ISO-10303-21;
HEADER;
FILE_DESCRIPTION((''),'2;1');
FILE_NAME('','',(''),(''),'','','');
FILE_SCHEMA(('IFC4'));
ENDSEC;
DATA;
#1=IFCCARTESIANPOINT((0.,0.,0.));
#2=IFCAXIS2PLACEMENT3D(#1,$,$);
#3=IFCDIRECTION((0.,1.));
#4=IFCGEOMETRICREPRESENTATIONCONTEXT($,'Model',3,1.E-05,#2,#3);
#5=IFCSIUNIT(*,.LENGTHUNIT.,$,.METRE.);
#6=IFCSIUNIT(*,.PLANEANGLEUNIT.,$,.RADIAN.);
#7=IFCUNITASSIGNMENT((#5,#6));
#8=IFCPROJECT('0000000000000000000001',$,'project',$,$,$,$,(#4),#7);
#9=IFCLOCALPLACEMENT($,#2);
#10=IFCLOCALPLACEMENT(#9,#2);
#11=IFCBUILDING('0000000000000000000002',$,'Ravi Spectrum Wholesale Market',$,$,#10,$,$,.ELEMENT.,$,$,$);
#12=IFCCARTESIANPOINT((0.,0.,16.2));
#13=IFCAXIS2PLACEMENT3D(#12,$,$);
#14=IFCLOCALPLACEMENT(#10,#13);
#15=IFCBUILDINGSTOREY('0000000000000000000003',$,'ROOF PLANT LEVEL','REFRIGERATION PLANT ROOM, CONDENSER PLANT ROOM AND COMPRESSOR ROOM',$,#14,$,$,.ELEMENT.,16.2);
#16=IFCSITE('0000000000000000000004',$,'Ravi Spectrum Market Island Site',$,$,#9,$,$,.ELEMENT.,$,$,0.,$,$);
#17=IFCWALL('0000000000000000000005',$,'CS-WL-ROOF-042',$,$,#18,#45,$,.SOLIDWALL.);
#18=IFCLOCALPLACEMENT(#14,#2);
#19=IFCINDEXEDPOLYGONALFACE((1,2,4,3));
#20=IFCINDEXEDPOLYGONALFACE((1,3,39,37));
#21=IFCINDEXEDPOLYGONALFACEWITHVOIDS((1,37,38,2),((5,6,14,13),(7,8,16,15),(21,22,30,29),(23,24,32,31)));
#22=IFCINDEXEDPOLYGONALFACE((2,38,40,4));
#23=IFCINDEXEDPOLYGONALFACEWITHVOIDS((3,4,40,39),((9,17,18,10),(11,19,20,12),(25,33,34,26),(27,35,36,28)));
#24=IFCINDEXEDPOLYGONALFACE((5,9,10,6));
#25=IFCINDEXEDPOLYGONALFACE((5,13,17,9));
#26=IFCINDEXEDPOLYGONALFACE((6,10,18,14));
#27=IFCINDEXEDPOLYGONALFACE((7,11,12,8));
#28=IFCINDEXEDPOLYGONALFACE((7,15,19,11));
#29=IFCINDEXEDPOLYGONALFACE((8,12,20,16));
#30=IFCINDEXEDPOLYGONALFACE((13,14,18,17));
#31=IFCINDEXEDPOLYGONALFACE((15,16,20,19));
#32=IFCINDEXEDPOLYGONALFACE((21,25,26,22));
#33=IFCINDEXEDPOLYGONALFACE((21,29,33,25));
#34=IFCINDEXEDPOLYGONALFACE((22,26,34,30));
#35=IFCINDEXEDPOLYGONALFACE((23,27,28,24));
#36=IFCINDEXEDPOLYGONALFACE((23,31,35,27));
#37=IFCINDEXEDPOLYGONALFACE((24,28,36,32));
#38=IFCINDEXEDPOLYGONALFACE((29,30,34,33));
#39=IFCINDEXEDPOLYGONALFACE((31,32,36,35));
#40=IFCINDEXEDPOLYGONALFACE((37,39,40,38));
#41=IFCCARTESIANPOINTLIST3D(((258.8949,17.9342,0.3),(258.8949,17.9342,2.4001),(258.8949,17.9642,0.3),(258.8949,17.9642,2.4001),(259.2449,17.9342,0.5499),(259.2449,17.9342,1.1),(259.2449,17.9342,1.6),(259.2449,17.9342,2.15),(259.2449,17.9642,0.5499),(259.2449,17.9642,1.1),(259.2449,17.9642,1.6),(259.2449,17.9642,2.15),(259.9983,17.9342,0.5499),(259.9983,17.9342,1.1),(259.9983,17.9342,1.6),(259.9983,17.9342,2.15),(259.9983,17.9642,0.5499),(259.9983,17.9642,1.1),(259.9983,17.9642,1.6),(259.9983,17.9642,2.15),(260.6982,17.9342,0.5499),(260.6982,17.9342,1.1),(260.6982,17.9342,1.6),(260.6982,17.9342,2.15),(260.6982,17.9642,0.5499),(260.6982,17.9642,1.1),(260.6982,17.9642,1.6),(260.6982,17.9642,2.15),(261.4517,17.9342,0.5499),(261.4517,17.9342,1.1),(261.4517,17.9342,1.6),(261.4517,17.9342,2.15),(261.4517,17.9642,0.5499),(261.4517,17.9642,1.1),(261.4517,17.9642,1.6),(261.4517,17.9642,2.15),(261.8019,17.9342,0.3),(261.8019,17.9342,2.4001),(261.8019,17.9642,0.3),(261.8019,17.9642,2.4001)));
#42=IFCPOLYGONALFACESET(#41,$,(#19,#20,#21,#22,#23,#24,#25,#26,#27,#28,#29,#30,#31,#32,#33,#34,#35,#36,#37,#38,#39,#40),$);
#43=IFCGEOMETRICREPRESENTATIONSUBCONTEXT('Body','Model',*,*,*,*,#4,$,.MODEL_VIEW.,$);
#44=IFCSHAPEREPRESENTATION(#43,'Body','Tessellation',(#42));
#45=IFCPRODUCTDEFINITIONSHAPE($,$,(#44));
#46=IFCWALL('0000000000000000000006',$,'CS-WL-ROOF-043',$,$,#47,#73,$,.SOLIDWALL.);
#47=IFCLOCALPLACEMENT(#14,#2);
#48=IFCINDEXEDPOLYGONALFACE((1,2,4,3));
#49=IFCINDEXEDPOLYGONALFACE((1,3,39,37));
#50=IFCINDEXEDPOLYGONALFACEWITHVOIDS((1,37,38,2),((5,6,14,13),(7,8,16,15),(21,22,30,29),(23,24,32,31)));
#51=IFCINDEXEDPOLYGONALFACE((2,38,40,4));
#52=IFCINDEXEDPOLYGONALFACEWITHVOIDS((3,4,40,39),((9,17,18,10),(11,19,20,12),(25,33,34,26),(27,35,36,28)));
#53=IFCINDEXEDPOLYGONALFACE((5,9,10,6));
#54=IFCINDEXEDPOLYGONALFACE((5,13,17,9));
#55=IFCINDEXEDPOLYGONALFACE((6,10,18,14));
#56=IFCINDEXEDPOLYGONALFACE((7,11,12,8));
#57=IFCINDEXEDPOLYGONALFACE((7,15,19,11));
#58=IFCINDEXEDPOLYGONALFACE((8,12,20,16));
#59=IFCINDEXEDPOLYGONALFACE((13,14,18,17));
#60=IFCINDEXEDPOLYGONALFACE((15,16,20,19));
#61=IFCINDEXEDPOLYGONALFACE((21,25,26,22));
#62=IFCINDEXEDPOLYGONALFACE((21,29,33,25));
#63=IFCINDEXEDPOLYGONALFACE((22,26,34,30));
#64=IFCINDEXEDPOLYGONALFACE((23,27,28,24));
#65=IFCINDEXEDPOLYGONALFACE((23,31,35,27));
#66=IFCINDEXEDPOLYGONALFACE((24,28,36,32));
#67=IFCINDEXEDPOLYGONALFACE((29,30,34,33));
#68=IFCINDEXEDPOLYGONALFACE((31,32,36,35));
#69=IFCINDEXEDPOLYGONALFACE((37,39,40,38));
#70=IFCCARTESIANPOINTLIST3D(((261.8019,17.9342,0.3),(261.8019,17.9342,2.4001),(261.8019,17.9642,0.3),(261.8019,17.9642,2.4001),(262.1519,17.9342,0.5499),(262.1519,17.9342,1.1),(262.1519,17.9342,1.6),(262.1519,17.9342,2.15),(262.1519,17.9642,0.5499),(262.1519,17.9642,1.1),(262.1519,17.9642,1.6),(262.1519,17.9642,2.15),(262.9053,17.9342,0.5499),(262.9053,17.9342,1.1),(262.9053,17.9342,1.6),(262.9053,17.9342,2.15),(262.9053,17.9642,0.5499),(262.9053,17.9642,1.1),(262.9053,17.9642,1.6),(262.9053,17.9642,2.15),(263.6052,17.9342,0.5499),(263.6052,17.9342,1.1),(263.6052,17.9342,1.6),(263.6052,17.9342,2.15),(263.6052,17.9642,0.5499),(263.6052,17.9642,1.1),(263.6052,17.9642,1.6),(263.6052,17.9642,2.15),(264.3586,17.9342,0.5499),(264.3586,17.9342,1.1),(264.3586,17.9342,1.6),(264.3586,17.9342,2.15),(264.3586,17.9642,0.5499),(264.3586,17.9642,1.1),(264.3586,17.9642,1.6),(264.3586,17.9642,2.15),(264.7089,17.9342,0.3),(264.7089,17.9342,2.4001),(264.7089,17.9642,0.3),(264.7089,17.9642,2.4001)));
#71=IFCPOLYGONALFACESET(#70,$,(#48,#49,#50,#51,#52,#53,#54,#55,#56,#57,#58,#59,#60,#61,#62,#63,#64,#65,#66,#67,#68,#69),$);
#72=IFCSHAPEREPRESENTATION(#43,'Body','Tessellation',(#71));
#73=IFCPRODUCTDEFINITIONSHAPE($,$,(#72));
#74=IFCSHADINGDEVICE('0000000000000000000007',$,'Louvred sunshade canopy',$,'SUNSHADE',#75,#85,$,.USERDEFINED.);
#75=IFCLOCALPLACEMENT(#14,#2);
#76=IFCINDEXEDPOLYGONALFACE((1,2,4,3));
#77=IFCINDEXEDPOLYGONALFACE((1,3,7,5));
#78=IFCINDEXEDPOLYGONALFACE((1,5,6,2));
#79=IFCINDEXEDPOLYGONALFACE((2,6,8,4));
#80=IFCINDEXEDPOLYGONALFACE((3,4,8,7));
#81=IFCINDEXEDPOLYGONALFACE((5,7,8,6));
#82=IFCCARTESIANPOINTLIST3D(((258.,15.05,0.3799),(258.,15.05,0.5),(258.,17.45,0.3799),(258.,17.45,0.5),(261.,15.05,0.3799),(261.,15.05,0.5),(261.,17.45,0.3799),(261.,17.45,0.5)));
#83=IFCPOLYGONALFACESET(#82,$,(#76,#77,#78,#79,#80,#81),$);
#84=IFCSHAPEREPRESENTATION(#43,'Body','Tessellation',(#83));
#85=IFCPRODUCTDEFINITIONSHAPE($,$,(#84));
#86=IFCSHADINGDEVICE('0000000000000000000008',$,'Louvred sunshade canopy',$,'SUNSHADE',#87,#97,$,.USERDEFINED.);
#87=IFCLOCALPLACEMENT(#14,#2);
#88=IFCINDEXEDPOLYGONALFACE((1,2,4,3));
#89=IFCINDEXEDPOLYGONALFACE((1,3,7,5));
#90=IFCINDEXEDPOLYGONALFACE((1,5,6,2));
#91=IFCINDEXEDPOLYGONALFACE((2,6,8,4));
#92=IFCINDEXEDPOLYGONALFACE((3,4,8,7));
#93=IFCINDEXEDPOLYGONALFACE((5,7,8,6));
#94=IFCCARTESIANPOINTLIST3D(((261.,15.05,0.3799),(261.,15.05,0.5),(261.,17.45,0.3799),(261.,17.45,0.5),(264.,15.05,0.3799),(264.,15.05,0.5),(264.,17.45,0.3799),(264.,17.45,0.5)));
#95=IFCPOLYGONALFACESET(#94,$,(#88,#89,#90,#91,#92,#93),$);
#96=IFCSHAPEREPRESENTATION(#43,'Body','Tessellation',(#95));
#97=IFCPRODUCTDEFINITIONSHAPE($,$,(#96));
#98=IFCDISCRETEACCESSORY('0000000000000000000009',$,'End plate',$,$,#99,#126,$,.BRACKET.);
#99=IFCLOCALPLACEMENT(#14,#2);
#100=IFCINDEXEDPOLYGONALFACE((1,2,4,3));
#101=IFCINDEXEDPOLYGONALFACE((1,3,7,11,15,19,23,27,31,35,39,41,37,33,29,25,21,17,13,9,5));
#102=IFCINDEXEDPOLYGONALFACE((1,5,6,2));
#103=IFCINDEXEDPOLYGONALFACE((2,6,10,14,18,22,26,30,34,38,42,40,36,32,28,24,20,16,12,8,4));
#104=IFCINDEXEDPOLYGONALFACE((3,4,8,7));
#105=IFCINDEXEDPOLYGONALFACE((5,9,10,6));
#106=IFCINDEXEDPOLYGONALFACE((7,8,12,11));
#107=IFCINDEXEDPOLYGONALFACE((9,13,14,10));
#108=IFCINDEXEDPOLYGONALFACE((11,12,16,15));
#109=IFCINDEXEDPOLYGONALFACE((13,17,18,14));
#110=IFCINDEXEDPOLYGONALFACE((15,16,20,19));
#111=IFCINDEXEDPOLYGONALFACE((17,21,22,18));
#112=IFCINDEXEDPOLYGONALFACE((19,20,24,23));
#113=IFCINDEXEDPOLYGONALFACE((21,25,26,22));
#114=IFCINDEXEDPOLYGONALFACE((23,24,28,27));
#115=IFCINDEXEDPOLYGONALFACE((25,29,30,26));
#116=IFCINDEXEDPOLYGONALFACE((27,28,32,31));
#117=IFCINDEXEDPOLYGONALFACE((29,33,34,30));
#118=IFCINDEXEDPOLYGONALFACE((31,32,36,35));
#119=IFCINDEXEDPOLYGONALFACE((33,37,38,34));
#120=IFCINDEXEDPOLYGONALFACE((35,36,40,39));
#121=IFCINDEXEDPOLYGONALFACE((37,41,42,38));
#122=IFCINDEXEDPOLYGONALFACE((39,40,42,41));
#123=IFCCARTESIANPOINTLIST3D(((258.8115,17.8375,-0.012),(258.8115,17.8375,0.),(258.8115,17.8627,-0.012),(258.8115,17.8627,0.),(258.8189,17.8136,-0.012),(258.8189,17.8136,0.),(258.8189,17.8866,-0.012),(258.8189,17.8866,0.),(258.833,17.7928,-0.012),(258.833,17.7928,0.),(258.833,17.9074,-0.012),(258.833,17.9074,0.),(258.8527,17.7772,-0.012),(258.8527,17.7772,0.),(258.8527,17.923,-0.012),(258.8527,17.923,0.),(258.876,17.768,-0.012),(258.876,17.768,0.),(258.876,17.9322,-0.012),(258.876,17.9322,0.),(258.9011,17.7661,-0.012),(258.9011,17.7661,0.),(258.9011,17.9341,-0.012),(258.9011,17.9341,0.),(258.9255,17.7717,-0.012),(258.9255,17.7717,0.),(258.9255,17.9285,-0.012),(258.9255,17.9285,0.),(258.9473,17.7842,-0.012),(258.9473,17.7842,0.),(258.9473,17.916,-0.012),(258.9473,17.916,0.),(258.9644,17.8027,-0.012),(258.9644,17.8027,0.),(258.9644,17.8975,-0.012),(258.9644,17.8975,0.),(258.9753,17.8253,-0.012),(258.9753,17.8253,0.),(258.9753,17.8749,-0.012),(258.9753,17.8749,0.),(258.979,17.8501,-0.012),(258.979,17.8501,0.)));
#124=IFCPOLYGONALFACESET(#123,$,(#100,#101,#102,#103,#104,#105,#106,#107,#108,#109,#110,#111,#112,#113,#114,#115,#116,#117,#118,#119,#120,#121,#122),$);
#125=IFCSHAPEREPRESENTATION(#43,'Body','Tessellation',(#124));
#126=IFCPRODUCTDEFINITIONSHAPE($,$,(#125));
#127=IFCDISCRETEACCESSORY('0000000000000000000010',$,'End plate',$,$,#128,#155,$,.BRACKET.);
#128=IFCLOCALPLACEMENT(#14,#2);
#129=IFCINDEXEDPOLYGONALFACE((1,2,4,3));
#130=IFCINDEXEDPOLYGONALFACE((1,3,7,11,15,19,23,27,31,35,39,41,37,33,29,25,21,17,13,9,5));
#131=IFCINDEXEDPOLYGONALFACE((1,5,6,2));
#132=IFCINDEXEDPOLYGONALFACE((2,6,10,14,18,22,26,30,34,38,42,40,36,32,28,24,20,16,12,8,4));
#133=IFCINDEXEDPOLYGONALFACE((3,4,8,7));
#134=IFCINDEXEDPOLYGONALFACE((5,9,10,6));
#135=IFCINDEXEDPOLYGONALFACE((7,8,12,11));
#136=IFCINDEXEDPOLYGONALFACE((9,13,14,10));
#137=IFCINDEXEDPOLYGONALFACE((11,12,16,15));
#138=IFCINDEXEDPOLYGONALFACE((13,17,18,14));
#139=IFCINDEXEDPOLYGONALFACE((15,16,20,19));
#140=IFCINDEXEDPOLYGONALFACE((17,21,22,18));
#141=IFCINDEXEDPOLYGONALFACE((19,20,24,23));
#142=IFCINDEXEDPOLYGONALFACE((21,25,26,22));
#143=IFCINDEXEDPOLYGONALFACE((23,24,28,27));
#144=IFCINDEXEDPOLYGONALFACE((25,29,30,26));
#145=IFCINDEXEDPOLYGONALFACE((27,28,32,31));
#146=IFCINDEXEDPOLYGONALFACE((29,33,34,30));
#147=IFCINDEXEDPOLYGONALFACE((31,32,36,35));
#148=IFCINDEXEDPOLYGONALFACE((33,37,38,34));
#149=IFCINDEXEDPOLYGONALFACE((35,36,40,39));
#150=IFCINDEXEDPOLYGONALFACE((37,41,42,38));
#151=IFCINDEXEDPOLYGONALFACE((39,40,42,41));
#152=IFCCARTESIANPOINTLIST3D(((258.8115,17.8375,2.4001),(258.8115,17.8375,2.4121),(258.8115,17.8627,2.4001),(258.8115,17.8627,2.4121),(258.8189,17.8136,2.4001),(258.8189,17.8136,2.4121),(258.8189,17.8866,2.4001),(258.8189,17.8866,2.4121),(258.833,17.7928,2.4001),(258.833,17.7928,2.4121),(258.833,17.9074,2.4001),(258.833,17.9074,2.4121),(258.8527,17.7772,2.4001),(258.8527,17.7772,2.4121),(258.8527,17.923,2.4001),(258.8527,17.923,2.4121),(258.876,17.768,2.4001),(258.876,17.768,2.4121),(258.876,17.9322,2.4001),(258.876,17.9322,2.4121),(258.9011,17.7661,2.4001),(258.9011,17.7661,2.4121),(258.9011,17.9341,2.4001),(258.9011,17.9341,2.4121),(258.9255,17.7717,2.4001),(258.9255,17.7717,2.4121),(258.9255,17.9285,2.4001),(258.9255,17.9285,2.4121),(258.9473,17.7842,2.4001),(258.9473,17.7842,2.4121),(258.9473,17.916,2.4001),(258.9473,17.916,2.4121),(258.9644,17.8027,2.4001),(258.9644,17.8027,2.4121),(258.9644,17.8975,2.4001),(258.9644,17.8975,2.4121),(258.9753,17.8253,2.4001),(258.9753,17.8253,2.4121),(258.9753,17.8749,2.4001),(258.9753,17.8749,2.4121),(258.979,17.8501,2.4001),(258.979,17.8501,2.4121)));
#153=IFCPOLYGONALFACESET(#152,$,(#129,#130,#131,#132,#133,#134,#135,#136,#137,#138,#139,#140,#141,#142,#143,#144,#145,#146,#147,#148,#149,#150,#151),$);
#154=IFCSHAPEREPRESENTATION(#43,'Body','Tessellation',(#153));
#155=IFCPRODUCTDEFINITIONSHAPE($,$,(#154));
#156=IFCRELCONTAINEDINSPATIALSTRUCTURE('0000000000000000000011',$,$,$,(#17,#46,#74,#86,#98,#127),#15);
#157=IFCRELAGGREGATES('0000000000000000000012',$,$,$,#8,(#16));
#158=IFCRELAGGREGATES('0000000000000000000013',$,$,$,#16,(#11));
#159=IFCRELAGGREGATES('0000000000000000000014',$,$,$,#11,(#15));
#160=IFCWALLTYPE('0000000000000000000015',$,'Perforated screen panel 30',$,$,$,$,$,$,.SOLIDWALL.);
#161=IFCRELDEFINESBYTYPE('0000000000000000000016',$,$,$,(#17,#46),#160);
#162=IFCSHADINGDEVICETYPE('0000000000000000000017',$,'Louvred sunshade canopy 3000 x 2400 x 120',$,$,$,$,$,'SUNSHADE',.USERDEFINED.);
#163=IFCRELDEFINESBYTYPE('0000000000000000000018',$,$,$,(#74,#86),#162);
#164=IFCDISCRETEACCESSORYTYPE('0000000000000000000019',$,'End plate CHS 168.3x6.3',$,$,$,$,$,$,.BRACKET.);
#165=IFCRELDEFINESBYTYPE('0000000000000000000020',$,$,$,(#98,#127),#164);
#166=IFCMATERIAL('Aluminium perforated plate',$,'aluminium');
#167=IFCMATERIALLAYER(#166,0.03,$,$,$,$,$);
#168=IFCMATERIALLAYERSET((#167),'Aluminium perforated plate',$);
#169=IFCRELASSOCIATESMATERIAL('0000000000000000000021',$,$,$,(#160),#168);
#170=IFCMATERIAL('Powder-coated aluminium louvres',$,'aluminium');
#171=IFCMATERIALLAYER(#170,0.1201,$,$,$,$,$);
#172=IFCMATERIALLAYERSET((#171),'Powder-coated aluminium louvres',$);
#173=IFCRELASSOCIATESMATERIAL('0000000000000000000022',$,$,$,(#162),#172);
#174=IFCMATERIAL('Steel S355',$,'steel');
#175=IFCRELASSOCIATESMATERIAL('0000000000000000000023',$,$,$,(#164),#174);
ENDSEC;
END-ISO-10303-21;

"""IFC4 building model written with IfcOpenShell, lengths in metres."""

from ifc_helpers import new_model, si_unit, direction, frame, frame_2d, origin, origin_2d, place, context, subcontext, project, spatial, rectangle, circle, extrude, material, layer, layer_set, material_profile, profile_set, type_object, element, save


model = new_model("IFC4")

# Units and contexts
model_context = context("Model", 3, precision=1e-05, world=origin(), true_north=direction((0.0, 1.0)))
body_context = subcontext(model_context, "Body", "Model", "MODEL_VIEW")
ifc_project = project(units=[si_unit("LENGTHUNIT", "METRE"), si_unit("PLANEANGLEUNIT", "RADIAN")], contexts=[model_context])

# Site, building, storey
site_placement = place(None, origin())
site = spatial("IfcSite", under=ifc_project, at=site_placement, Name="Ravi Spectrum Market Island Site", CompositionType="ELEMENT", RefElevation=0.0)
building_placement = place(site_placement, origin())
building = spatial("IfcBuilding", under=site, at=building_placement, Name="Ravi Spectrum Wholesale Market", CompositionType="ELEMENT")
storey_placement = place(building_placement, frame((0.0, 0.0, 16.2)))
storey = spatial("IfcBuildingStorey", under=building, at=storey_placement, Name="ROOF PLANT LEVEL", Description="REFRIGERATION PLANT ROOM, CONDENSER PLANT ROOM AND COMPRESSOR ROOM", CompositionType="ELEMENT", Elevation=16.2)

# Walls, openings
ifc_material_1 = material(Name="Aluminium perforated plate", Category="aluminium")
ifc_layer_1 = layer(ifc_material_1, 0.03)
ifc_layer_set_1 = layer_set([ifc_layer_1], Name="Aluminium perforated plate")
wall_type = type_object("IfcWallType", Name="Perforated screen panel 30", PredefinedType="SOLIDWALL", material=ifc_layer_set_1)
wall_1_placement = place(storey_placement, frame((258.8948, 17.9492, 0.3), z_axis=(0.0, 0.0, 1.0), x_axis=(1.0, 0.0, 0.0)))
wall_1 = element("IfcWall", 1, at=wall_1_placement, inside=storey, type_object=wall_type, Name="CS-WL-ROOF-042", PredefinedType="SOLIDWALL", context=body_context, shape_type="SweptSolid", body=[
    extrude(rectangle(XDim=2.907, YDim=0.03, at=frame_2d((1.4536, 0.0))), origin(), (0.0, 0.0, 1.0), 2.1001),
])
opening_1_placement = place(wall_1_placement, frame((0.3501, 0.0, 0.25)))
element("IfcOpeningElement", 2, at=opening_1_placement, cuts=wall_1, PredefinedType="OPENING", context=body_context, shape_type="SweptSolid", body=[
    extrude(rectangle(XDim=0.7534, YDim=0.55, at=frame_2d((0.3767, 0.2749))), frame((0.0, 0.0249, 0.0), z_axis=(0.0, -1.0, 0.0), x_axis=(1.0, 0.0, 0.0)), (0.0, 0.0, 1.0), 0.05),
])
opening_2_placement = place(wall_1_placement, frame((0.3501, 0.0, 1.3)))
element("IfcOpeningElement", 3, at=opening_2_placement, cuts=wall_1, PredefinedType="OPENING", context=body_context, shape_type="SweptSolid", body=[
    extrude(rectangle(XDim=0.7534, YDim=0.55, at=frame_2d((0.3767, 0.2749))), frame((0.0, 0.0249, 0.0), z_axis=(0.0, -1.0, 0.0), x_axis=(1.0, 0.0, 0.0)), (0.0, 0.0, 1.0), 0.05),
])
opening_3_placement = place(wall_1_placement, frame((1.8035, 0.0, 0.25)))
element("IfcOpeningElement", 4, at=opening_3_placement, cuts=wall_1, PredefinedType="OPENING", context=body_context, shape_type="SweptSolid", body=[
    extrude(rectangle(XDim=0.7534, YDim=0.55, at=frame_2d((0.3767, 0.2749))), frame((0.0, 0.0249, 0.0), z_axis=(0.0, -1.0, 0.0), x_axis=(1.0, 0.0, 0.0)), (0.0, 0.0, 1.0), 0.05),
])
opening_4_placement = place(wall_1_placement, frame((1.8035, 0.0, 1.3)))
element("IfcOpeningElement", 5, at=opening_4_placement, cuts=wall_1, PredefinedType="OPENING", context=body_context, shape_type="SweptSolid", body=[
    extrude(rectangle(XDim=0.7534, YDim=0.55, at=frame_2d((0.3767, 0.2749))), frame((0.0, 0.0249, 0.0), z_axis=(0.0, -1.0, 0.0), x_axis=(1.0, 0.0, 0.0)), (0.0, 0.0, 1.0), 0.05),
])
wall_2_placement = place(storey_placement, frame((261.8018, 17.9492, 0.3), z_axis=(0.0, 0.0, 1.0), x_axis=(1.0, 0.0, 0.0)))
wall_2 = element("IfcWall", 6, at=wall_2_placement, inside=storey, type_object=wall_type, Name="CS-WL-ROOF-043", PredefinedType="SOLIDWALL", context=body_context, shape_type="SweptSolid", body=[
    extrude(rectangle(XDim=2.907, YDim=0.03, at=frame_2d((1.4536, 0.0))), origin(), (0.0, 0.0, 1.0), 2.1001),
])
opening_5_placement = place(wall_2_placement, frame((0.3501, 0.0, 0.25)))
element("IfcOpeningElement", 7, at=opening_5_placement, cuts=wall_2, PredefinedType="OPENING", context=body_context, shape_type="SweptSolid", body=[
    extrude(rectangle(XDim=0.7534, YDim=0.55, at=frame_2d((0.3767, 0.2749))), frame((0.0, 0.0249, 0.0), z_axis=(0.0, -1.0, 0.0), x_axis=(1.0, 0.0, 0.0)), (0.0, 0.0, 1.0), 0.05),
])
opening_6_placement = place(wall_2_placement, frame((0.3501, 0.0, 1.3)))
element("IfcOpeningElement", 8, at=opening_6_placement, cuts=wall_2, PredefinedType="OPENING", context=body_context, shape_type="SweptSolid", body=[
    extrude(rectangle(XDim=0.7534, YDim=0.55, at=frame_2d((0.3767, 0.2749))), frame((0.0, 0.0249, 0.0), z_axis=(0.0, -1.0, 0.0), x_axis=(1.0, 0.0, 0.0)), (0.0, 0.0, 1.0), 0.05),
])
opening_7_placement = place(wall_2_placement, frame((1.8035, 0.0, 0.25)))
element("IfcOpeningElement", 9, at=opening_7_placement, cuts=wall_2, PredefinedType="OPENING", context=body_context, shape_type="SweptSolid", body=[
    extrude(rectangle(XDim=0.7534, YDim=0.55, at=frame_2d((0.3767, 0.2749))), frame((0.0, 0.0249, 0.0), z_axis=(0.0, -1.0, 0.0), x_axis=(1.0, 0.0, 0.0)), (0.0, 0.0, 1.0), 0.05),
])
opening_8_placement = place(wall_2_placement, frame((1.8035, 0.0, 1.3)))
element("IfcOpeningElement", 10, at=opening_8_placement, cuts=wall_2, PredefinedType="OPENING", context=body_context, shape_type="SweptSolid", body=[
    extrude(rectangle(XDim=0.7534, YDim=0.55, at=frame_2d((0.3767, 0.2749))), frame((0.0, 0.0249, 0.0), z_axis=(0.0, -1.0, 0.0), x_axis=(1.0, 0.0, 0.0)), (0.0, 0.0, 1.0), 0.05),
])

# Shading devices
ifc_material_2 = material(Name="Powder-coated aluminium louvres", Category="aluminium")
ifc_layer_2 = layer(ifc_material_2, 0.1201)
ifc_layer_set_2 = layer_set([ifc_layer_2], Name="Powder-coated aluminium louvres")
shading_device_type = type_object("IfcShadingDeviceType", Name="Louvred sunshade canopy 3000 x 2400 x 120", ElementType="SUNSHADE", PredefinedType="USERDEFINED", material=ifc_layer_set_2)
for number, where, z_axis, x_axis, name in (
    (11, (259.5, 16.25, 0.3799), (0.0, 0.0, 1.0), (1.0, 0.0, 0.0), "Louvred sunshade canopy"),
    (12, (262.5, 16.25, 0.3799), (0.0, 0.0, 1.0), (1.0, 0.0, 0.0), "Louvred sunshade canopy"),
):
    element("IfcShadingDevice", number, at=place(storey_placement, frame(where, z_axis=z_axis, x_axis=x_axis)), inside=storey, type_object=shading_device_type, Name=name, ObjectType="SUNSHADE", PredefinedType="USERDEFINED", context=body_context, shape_type="SweptSolid", body=[
        extrude(rectangle(XDim=3.0, YDim=2.3999, at=origin_2d()), origin(), (0.0, 0.0, 1.0), 0.1201),
    ])

# Discrete accessories
ifc_material_3 = material(Name="Steel S355", Category="steel")
ifc_material_profile_1 = material_profile(ifc_material_3, circle(Radius=0.0842, at=origin_2d()))
ifc_profile_set_1 = profile_set([ifc_material_profile_1], Name="Steel S355")
discrete_accessory_type_1 = type_object("IfcDiscreteAccessoryType", Name="End plate CHS 168.3x6.3", PredefinedType="BRACKET", material=ifc_profile_set_1)
for number, where, z_axis, x_axis, name in (
    (13, (258.8948, 17.8501, 0.0), (0.0, 0.0, -1.0), (1.0, 0.0, 0.0), "End plate"),
    (14, (258.8948, 17.8501, 2.4001), (0.0, 0.0, 1.0), (1.0, 0.0, 0.0), "End plate"),
):
    element("IfcDiscreteAccessory", number, at=place(storey_placement, frame(where, z_axis=z_axis, x_axis=x_axis)), inside=storey, type_object=discrete_accessory_type_1, Name=name, PredefinedType="BRACKET", context=body_context, shape_type="SweptSolid", body=[
        extrude(circle(Radius=0.0842, at=origin_2d()), origin(), (0.0, 0.0, 1.0), 0.012),
    ])

save(model, "model.ifc")
